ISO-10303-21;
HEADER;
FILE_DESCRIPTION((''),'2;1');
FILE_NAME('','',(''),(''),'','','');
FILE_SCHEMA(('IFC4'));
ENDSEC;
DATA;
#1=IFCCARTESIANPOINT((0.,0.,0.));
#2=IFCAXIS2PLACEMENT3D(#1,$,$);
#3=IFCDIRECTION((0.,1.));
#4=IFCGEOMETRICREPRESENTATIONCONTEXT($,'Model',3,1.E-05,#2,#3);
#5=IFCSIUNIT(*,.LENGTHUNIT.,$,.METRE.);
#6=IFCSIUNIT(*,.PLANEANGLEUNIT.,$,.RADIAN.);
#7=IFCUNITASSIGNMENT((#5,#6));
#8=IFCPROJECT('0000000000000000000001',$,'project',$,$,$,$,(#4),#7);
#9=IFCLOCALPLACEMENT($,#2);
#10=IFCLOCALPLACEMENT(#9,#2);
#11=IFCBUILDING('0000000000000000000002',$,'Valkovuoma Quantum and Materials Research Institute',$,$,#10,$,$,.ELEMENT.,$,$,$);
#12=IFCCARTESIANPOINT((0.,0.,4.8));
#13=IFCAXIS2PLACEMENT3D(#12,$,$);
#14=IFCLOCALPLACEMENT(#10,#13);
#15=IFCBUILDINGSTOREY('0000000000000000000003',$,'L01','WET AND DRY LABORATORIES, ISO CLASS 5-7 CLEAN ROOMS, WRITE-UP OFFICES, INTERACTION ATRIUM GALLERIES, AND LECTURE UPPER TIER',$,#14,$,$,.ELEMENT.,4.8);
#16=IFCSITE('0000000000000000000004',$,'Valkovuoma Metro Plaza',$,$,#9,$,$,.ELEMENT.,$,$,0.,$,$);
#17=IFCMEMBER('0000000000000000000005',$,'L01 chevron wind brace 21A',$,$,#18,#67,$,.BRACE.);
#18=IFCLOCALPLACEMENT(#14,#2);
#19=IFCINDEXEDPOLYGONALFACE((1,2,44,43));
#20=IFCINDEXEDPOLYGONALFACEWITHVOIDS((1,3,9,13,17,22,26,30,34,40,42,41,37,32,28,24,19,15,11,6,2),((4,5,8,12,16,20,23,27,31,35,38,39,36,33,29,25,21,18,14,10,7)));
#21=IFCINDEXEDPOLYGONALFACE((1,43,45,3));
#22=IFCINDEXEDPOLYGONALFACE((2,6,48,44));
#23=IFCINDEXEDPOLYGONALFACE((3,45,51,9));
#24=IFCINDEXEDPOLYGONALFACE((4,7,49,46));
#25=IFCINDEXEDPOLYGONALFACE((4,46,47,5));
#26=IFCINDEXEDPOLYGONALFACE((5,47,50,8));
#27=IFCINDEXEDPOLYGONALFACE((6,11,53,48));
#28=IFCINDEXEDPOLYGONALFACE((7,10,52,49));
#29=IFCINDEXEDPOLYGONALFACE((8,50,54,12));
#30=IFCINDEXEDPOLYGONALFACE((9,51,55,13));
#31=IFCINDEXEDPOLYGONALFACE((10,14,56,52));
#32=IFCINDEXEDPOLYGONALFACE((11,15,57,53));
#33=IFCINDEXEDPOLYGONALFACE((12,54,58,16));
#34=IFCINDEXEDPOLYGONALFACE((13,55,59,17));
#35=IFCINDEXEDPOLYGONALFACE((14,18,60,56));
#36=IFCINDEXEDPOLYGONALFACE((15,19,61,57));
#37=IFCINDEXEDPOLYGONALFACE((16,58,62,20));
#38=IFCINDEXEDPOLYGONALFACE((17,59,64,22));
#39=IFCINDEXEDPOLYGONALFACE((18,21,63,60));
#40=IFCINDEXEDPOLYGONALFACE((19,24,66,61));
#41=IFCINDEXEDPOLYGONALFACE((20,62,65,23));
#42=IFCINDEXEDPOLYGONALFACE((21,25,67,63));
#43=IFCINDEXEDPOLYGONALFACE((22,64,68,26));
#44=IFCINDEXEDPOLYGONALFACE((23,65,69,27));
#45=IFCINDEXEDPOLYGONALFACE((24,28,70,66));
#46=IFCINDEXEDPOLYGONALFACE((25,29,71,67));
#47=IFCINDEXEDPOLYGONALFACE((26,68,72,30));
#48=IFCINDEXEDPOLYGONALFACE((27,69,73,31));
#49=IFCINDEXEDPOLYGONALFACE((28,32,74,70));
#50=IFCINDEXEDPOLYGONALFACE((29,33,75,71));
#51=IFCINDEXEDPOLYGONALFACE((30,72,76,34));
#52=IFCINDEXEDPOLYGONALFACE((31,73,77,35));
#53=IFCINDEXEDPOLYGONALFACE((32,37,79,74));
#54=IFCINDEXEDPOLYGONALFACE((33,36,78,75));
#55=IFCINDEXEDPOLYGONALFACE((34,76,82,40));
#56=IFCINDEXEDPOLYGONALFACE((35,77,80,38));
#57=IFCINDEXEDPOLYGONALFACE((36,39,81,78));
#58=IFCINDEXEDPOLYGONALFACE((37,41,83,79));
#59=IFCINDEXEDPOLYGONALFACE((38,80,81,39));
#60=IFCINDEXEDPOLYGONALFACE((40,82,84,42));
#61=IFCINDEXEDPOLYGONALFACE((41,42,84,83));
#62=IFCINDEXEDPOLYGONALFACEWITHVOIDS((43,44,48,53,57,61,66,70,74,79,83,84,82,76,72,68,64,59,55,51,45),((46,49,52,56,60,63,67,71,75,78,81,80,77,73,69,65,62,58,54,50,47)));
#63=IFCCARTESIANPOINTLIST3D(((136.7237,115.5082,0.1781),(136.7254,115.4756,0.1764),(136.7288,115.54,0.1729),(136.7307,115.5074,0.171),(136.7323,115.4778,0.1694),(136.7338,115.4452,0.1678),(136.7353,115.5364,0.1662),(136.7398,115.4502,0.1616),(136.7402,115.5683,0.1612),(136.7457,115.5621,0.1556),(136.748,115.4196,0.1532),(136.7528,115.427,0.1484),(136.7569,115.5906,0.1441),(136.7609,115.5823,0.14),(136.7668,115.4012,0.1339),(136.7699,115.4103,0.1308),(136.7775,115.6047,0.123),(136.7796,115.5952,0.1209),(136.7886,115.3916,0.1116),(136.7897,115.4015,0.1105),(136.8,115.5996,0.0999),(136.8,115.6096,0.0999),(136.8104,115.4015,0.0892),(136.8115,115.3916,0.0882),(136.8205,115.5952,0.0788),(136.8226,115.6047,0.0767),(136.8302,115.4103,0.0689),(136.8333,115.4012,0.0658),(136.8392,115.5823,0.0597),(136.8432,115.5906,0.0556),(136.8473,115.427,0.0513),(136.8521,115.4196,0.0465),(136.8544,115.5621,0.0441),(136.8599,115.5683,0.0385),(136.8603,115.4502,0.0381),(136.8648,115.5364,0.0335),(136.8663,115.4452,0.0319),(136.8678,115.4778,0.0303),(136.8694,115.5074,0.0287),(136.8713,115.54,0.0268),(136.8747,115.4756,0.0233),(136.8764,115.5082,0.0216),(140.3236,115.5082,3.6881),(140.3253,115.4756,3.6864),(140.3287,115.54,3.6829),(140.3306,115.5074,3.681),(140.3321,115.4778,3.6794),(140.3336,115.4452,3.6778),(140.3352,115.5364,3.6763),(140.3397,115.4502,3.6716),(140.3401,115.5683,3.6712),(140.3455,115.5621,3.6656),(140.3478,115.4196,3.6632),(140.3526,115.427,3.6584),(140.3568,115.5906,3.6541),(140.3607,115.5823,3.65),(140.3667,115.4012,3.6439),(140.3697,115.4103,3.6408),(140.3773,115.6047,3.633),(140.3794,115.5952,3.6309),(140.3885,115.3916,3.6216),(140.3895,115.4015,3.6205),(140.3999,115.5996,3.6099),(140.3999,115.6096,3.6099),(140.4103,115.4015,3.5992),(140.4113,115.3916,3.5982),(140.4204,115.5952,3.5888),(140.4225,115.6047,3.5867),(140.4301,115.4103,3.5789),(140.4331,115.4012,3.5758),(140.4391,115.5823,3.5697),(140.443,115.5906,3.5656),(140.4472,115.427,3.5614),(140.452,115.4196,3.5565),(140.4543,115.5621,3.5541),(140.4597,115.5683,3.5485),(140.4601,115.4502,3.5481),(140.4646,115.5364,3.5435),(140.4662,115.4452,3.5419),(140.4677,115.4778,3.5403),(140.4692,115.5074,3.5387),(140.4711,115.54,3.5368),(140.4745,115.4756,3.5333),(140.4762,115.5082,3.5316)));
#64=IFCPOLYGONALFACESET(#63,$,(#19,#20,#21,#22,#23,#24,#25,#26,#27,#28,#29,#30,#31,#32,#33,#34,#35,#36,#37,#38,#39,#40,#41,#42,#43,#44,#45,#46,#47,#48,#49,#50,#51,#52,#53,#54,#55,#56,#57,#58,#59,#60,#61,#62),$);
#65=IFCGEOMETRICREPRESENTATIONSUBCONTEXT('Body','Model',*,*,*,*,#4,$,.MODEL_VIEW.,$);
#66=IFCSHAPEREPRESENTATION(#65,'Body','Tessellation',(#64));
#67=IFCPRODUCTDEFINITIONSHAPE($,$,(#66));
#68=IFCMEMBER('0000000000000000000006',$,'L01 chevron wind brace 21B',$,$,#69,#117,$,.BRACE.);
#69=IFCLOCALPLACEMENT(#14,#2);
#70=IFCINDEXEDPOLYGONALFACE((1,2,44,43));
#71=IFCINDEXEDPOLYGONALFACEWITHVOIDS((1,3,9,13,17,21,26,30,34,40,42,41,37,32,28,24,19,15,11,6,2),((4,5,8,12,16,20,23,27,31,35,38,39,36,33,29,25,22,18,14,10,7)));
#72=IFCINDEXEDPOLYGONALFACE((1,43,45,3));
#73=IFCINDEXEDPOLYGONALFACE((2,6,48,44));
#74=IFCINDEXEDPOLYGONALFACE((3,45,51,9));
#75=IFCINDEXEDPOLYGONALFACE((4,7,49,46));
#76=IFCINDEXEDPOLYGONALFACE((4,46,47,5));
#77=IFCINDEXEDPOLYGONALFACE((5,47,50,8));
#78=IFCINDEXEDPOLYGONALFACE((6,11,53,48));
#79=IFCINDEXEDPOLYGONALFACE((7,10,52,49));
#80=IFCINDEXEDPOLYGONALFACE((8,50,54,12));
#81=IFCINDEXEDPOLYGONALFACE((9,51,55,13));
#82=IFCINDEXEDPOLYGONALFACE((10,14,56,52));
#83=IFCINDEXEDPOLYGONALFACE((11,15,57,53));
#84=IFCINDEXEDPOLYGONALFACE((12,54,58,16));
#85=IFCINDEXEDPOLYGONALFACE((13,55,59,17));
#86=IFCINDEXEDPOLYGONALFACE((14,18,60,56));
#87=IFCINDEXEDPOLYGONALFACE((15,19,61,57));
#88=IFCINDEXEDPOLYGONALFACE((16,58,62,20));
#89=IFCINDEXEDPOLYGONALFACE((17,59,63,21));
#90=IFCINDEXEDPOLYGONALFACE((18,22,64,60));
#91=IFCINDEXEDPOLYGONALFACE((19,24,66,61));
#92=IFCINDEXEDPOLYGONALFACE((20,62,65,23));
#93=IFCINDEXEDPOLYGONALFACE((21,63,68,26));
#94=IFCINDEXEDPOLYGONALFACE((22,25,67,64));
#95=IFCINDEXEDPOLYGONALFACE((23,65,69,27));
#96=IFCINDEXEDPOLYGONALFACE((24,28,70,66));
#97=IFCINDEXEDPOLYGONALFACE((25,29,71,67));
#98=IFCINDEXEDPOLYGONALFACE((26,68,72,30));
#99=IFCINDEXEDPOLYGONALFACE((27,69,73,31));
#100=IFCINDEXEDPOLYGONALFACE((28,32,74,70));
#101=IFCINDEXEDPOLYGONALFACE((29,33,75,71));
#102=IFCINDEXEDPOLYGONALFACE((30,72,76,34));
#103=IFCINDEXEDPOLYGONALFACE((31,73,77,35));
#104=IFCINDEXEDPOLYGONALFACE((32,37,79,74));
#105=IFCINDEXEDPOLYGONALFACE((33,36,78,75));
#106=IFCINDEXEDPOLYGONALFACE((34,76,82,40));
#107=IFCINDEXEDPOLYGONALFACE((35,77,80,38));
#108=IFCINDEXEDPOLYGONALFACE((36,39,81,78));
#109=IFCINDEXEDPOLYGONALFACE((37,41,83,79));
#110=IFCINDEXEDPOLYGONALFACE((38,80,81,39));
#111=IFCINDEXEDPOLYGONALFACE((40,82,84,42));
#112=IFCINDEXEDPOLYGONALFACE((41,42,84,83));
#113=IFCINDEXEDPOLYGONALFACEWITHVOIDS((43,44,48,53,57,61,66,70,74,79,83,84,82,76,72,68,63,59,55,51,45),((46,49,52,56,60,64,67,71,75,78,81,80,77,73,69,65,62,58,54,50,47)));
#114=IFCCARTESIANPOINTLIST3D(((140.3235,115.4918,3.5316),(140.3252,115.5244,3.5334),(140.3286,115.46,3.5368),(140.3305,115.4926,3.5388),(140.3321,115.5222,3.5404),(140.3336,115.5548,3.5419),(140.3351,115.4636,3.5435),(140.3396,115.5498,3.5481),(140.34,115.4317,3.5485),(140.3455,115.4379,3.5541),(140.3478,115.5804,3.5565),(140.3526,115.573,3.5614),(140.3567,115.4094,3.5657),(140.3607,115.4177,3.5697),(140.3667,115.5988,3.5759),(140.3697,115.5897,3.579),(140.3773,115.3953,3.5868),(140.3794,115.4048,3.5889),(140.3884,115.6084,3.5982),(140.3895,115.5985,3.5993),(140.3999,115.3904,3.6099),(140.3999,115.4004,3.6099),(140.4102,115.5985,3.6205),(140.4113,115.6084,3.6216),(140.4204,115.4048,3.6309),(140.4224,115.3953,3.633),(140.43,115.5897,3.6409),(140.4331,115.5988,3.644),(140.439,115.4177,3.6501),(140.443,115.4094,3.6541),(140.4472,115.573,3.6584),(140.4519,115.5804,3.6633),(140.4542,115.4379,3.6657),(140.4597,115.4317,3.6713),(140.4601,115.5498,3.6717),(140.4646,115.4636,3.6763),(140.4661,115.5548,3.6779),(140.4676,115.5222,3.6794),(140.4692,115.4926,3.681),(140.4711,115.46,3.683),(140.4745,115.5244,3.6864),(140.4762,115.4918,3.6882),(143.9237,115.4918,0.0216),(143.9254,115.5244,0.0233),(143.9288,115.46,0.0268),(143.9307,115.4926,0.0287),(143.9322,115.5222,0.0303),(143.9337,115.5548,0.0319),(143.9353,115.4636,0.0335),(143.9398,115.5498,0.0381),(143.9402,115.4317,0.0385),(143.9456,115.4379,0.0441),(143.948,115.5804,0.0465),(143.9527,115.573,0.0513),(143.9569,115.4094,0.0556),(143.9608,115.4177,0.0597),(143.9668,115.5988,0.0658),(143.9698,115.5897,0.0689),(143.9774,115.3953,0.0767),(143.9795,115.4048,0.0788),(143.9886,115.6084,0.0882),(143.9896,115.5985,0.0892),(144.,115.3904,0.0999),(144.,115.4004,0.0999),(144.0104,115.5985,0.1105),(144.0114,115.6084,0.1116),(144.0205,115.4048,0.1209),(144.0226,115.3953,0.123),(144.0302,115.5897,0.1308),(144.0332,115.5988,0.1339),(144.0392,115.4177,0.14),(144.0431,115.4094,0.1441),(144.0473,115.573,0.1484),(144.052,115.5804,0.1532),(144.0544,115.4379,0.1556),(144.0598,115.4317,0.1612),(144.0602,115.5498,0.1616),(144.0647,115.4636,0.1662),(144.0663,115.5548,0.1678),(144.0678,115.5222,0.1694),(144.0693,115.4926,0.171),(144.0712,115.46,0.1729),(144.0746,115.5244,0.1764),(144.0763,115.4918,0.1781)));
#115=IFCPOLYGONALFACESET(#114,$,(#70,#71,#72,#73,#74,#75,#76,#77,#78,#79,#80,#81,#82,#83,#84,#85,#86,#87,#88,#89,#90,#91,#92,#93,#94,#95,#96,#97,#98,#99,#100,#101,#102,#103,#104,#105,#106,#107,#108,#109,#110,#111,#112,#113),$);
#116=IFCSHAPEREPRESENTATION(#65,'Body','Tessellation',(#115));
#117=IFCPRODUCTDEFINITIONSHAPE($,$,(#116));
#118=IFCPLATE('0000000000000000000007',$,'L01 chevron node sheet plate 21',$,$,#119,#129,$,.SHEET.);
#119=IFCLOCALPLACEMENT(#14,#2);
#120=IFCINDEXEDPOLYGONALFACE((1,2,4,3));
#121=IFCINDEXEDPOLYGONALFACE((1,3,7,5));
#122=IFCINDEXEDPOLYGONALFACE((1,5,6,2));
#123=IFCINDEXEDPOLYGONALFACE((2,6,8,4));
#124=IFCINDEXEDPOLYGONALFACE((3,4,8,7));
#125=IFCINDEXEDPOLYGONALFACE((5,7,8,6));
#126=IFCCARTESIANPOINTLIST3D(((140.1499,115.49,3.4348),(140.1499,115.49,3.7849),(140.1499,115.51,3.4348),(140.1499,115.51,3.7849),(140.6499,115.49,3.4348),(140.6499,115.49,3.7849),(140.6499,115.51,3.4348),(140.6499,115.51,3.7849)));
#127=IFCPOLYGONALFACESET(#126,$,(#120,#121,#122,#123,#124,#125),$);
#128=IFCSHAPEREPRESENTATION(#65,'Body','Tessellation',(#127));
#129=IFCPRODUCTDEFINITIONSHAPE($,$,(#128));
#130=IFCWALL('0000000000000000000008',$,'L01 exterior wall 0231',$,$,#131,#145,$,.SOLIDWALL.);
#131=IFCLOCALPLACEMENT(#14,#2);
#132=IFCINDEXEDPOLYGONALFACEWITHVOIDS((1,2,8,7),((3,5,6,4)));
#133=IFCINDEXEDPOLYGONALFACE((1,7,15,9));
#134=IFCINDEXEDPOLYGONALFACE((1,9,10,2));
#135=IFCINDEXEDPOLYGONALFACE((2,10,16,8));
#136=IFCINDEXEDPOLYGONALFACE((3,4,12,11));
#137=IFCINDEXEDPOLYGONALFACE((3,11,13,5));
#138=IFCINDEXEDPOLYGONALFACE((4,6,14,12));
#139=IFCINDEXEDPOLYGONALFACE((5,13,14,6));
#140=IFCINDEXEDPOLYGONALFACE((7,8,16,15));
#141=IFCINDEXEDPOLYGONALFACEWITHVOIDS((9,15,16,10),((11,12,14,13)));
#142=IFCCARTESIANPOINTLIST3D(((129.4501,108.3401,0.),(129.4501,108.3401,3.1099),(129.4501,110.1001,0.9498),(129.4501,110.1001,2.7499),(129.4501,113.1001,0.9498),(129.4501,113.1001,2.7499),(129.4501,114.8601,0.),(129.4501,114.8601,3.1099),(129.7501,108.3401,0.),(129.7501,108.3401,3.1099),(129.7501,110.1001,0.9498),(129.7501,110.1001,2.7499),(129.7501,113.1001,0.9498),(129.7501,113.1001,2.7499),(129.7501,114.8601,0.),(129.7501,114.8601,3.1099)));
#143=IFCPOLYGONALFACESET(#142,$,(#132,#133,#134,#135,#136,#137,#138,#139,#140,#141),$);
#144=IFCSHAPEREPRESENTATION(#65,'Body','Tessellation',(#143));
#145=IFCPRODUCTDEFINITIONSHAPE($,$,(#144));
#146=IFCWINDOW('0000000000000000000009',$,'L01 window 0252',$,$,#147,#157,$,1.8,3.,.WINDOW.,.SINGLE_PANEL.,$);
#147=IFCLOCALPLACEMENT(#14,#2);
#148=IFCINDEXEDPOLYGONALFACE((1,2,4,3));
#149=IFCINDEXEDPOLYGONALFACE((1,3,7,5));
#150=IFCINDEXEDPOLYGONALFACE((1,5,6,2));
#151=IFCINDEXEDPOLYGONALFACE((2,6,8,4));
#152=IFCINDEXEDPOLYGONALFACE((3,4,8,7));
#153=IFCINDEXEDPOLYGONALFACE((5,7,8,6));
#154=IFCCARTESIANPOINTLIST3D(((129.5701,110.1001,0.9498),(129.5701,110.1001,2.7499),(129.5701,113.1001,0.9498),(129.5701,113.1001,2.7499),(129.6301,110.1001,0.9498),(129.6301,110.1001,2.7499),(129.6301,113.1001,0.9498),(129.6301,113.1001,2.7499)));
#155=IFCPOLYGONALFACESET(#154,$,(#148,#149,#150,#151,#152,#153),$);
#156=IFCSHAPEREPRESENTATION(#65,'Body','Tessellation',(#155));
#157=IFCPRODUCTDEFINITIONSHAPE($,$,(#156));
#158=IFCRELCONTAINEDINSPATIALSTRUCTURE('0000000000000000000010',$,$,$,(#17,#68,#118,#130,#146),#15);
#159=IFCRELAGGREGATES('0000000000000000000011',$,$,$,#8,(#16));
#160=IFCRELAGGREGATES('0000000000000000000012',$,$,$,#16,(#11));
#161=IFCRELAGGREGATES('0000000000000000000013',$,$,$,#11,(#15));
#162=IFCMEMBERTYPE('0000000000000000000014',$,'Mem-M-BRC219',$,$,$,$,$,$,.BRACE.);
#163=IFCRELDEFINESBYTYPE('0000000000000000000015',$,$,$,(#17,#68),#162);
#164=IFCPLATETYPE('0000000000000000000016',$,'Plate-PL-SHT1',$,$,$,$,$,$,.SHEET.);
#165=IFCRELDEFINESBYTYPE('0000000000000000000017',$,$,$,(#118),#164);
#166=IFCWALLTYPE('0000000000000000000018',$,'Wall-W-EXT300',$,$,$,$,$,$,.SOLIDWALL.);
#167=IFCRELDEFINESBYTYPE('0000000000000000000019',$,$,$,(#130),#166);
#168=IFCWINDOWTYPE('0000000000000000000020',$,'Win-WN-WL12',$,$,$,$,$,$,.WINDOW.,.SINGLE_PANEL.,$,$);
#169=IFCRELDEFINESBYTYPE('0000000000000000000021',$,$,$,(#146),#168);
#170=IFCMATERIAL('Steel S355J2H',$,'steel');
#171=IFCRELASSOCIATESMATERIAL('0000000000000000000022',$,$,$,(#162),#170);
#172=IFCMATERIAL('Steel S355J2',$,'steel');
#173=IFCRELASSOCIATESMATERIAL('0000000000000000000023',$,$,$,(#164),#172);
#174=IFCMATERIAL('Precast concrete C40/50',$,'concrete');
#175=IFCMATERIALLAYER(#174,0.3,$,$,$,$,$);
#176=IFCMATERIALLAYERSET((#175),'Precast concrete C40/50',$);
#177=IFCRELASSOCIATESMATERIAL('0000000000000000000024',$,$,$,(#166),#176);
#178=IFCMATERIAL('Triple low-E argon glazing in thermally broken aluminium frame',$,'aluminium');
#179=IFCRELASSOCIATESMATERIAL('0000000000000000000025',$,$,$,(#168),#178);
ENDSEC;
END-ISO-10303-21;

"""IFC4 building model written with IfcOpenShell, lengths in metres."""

from ifc_helpers import new_model, si_unit, direction, frame, frame_2d, origin, origin_2d, place, context, subcontext, project, spatial, rectangle, hollow_circle, extrude, material, layer, layer_set, material_profile, profile_set, type_object, element, fill, save


model = new_model("IFC4")

# Units and contexts
model_context = context("Model", 3, precision=1e-05, world=origin(), true_north=direction((0.0, 1.0)))
body_context = subcontext(model_context, "Body", "Model", "MODEL_VIEW")
ifc_project = project(units=[si_unit("LENGTHUNIT", "METRE"), si_unit("PLANEANGLEUNIT", "RADIAN")], contexts=[model_context])

# Site, building, storey
site_placement = place(None, origin())
site = spatial("IfcSite", under=ifc_project, at=site_placement, Name="Valkovuoma Metro Plaza", CompositionType="ELEMENT", RefElevation=0.0)
building_placement = place(site_placement, origin())
building = spatial("IfcBuilding", under=site, at=building_placement, Name="Valkovuoma Quantum and Materials Research Institute", CompositionType="ELEMENT")
storey_placement = place(building_placement, frame((0.0, 0.0, 4.8)))
storey = spatial("IfcBuildingStorey", under=building, at=storey_placement, Name="L01", Description="WET AND DRY LABORATORIES, ISO CLASS 5-7 CLEAN ROOMS, WRITE-UP OFFICES, INTERACTION ATRIUM GALLERIES, AND LECTURE UPPER TIER", CompositionType="ELEMENT", Elevation=4.8)

# Members
ifc_material_1 = material(Name="Steel S355J2H", Category="steel")
ifc_material_profile_1 = material_profile(ifc_material_1, hollow_circle(Radius=0.1096, WallThickness=0.01, at=origin_2d()), Name="Steel S355J2H")
ifc_profile_set_1 = profile_set([ifc_material_profile_1], Name="Steel S355J2H")
member_type = type_object("IfcMemberType", Name="Mem-M-BRC219", PredefinedType="BRACE", material=ifc_profile_set_1)
member_1_placement = place(storey_placement, frame((136.8, 115.5, 0.0999), z_axis=(0.715985, 0.0, 0.698116), x_axis=(0.0, 1.0, 0.0)))
element("IfcMember", 1, at=member_1_placement, inside=storey, type_object=member_type, Name="L01 chevron wind brace 21A", PredefinedType="BRACE", context=body_context, shape_type="SweptSolid", body=[
    extrude(hollow_circle(Radius=0.1096, WallThickness=0.01, at=origin_2d()), origin(), (0.0, 0.0, 1.0), 5.0278),
])
member_2_placement = place(storey_placement, frame((144.0, 115.5, 0.0999), z_axis=(-0.716009, 0.0, 0.698091), x_axis=(0.0, -1.0, 0.0)))
element("IfcMember", 2, at=member_2_placement, inside=storey, type_object=member_type, Name="L01 chevron wind brace 21B", PredefinedType="BRACE", context=body_context, shape_type="SweptSolid", body=[
    extrude(hollow_circle(Radius=0.1096, WallThickness=0.01, at=origin_2d()), origin(), (0.0, 0.0, 1.0), 5.0281),
])

# Plate
ifc_material_2 = material(Name="Steel S355J2", Category="steel")
plate_type = type_object("IfcPlateType", Name="Plate-PL-SHT1", PredefinedType="SHEET", material=ifc_material_2)
plate_placement = place(storey_placement, frame((140.3999, 115.5, 3.4348), z_axis=(0.0, 0.0, 1.0), x_axis=(1.0, 0.0, 0.0)))
element("IfcPlate", 3, at=plate_placement, inside=storey, type_object=plate_type, Name="L01 chevron node sheet plate 21", PredefinedType="SHEET", context=body_context, shape_type="SweptSolid", body=[
    extrude(rectangle(XDim=0.5, YDim=0.02, at=origin_2d()), origin(), (0.0, 0.0, 1.0), 0.3501),
])

# Wall, opening, window
ifc_material_3 = material(Name="Precast concrete C40/50", Category="concrete")
ifc_layer_1 = layer(ifc_material_3, 0.3)
ifc_layer_set_1 = layer_set([ifc_layer_1], Name="Precast concrete C40/50")
wall_type_1 = type_object("IfcWallType", Name="Wall-W-EXT300", PredefinedType="SOLIDWALL", material=ifc_layer_set_1)
wall_1_placement = place(storey_placement, frame((129.6001, 108.3401, 0.0), z_axis=(0.0, 0.0, 1.0), x_axis=(0.0, 1.0, 0.0)))
wall_1 = element("IfcWall", 4, at=wall_1_placement, inside=storey, type_object=wall_type_1, Name="L01 exterior wall 0231", PredefinedType="SOLIDWALL", context=body_context, shape_type="SweptSolid", body=[
    extrude(rectangle(XDim=6.52, YDim=0.3, at=frame_2d((3.26, 0.0))), origin(), (0.0, 0.0, 1.0), 3.1099),
])
opening_1_placement = place(wall_1_placement, frame((1.76, 0.0, 0.95)))
opening_1 = element("IfcOpeningElement", 5, at=opening_1_placement, cuts=wall_1, PredefinedType="OPENING", context=body_context, shape_type="SweptSolid", body=[
    extrude(rectangle(XDim=3.0, YDim=1.8, at=frame_2d((1.5, 0.8999))), frame((0.0, 0.1602, 0.0), z_axis=(0.0, -1.0, 0.0), x_axis=(1.0, 0.0, 0.0)), (0.0, 0.0, 1.0), 0.3201),
])
ifc_material_4 = material(Name="Triple low-E argon glazing in thermally broken aluminium frame", Category="aluminium")
window_type_1 = type_object("IfcWindowType", Name="Win-WN-WL12", PartitioningType="SINGLE_PANEL", PredefinedType="WINDOW", material=ifc_material_4)
window_1_placement = place(opening_1_placement, origin())
window_1 = element("IfcWindow", 6, at=window_1_placement, inside=storey, type_object=window_type_1, Name="L01 window 0252", OverallHeight=1.8, OverallWidth=3.0, PartitioningType="SINGLE_PANEL", PredefinedType="WINDOW", context=body_context, shape_type="SweptSolid", body=[
    extrude(rectangle(XDim=3.0, YDim=1.8, at=frame_2d((1.5, 0.8999))), frame((0.0, 0.03, 0.0), z_axis=(0.0, -1.0, 0.0), x_axis=(1.0, 0.0, 0.0)), (0.0, 0.0, 1.0), 0.0601),
])
fill(opening_1, window_1)

save(model, "model.ifc")
